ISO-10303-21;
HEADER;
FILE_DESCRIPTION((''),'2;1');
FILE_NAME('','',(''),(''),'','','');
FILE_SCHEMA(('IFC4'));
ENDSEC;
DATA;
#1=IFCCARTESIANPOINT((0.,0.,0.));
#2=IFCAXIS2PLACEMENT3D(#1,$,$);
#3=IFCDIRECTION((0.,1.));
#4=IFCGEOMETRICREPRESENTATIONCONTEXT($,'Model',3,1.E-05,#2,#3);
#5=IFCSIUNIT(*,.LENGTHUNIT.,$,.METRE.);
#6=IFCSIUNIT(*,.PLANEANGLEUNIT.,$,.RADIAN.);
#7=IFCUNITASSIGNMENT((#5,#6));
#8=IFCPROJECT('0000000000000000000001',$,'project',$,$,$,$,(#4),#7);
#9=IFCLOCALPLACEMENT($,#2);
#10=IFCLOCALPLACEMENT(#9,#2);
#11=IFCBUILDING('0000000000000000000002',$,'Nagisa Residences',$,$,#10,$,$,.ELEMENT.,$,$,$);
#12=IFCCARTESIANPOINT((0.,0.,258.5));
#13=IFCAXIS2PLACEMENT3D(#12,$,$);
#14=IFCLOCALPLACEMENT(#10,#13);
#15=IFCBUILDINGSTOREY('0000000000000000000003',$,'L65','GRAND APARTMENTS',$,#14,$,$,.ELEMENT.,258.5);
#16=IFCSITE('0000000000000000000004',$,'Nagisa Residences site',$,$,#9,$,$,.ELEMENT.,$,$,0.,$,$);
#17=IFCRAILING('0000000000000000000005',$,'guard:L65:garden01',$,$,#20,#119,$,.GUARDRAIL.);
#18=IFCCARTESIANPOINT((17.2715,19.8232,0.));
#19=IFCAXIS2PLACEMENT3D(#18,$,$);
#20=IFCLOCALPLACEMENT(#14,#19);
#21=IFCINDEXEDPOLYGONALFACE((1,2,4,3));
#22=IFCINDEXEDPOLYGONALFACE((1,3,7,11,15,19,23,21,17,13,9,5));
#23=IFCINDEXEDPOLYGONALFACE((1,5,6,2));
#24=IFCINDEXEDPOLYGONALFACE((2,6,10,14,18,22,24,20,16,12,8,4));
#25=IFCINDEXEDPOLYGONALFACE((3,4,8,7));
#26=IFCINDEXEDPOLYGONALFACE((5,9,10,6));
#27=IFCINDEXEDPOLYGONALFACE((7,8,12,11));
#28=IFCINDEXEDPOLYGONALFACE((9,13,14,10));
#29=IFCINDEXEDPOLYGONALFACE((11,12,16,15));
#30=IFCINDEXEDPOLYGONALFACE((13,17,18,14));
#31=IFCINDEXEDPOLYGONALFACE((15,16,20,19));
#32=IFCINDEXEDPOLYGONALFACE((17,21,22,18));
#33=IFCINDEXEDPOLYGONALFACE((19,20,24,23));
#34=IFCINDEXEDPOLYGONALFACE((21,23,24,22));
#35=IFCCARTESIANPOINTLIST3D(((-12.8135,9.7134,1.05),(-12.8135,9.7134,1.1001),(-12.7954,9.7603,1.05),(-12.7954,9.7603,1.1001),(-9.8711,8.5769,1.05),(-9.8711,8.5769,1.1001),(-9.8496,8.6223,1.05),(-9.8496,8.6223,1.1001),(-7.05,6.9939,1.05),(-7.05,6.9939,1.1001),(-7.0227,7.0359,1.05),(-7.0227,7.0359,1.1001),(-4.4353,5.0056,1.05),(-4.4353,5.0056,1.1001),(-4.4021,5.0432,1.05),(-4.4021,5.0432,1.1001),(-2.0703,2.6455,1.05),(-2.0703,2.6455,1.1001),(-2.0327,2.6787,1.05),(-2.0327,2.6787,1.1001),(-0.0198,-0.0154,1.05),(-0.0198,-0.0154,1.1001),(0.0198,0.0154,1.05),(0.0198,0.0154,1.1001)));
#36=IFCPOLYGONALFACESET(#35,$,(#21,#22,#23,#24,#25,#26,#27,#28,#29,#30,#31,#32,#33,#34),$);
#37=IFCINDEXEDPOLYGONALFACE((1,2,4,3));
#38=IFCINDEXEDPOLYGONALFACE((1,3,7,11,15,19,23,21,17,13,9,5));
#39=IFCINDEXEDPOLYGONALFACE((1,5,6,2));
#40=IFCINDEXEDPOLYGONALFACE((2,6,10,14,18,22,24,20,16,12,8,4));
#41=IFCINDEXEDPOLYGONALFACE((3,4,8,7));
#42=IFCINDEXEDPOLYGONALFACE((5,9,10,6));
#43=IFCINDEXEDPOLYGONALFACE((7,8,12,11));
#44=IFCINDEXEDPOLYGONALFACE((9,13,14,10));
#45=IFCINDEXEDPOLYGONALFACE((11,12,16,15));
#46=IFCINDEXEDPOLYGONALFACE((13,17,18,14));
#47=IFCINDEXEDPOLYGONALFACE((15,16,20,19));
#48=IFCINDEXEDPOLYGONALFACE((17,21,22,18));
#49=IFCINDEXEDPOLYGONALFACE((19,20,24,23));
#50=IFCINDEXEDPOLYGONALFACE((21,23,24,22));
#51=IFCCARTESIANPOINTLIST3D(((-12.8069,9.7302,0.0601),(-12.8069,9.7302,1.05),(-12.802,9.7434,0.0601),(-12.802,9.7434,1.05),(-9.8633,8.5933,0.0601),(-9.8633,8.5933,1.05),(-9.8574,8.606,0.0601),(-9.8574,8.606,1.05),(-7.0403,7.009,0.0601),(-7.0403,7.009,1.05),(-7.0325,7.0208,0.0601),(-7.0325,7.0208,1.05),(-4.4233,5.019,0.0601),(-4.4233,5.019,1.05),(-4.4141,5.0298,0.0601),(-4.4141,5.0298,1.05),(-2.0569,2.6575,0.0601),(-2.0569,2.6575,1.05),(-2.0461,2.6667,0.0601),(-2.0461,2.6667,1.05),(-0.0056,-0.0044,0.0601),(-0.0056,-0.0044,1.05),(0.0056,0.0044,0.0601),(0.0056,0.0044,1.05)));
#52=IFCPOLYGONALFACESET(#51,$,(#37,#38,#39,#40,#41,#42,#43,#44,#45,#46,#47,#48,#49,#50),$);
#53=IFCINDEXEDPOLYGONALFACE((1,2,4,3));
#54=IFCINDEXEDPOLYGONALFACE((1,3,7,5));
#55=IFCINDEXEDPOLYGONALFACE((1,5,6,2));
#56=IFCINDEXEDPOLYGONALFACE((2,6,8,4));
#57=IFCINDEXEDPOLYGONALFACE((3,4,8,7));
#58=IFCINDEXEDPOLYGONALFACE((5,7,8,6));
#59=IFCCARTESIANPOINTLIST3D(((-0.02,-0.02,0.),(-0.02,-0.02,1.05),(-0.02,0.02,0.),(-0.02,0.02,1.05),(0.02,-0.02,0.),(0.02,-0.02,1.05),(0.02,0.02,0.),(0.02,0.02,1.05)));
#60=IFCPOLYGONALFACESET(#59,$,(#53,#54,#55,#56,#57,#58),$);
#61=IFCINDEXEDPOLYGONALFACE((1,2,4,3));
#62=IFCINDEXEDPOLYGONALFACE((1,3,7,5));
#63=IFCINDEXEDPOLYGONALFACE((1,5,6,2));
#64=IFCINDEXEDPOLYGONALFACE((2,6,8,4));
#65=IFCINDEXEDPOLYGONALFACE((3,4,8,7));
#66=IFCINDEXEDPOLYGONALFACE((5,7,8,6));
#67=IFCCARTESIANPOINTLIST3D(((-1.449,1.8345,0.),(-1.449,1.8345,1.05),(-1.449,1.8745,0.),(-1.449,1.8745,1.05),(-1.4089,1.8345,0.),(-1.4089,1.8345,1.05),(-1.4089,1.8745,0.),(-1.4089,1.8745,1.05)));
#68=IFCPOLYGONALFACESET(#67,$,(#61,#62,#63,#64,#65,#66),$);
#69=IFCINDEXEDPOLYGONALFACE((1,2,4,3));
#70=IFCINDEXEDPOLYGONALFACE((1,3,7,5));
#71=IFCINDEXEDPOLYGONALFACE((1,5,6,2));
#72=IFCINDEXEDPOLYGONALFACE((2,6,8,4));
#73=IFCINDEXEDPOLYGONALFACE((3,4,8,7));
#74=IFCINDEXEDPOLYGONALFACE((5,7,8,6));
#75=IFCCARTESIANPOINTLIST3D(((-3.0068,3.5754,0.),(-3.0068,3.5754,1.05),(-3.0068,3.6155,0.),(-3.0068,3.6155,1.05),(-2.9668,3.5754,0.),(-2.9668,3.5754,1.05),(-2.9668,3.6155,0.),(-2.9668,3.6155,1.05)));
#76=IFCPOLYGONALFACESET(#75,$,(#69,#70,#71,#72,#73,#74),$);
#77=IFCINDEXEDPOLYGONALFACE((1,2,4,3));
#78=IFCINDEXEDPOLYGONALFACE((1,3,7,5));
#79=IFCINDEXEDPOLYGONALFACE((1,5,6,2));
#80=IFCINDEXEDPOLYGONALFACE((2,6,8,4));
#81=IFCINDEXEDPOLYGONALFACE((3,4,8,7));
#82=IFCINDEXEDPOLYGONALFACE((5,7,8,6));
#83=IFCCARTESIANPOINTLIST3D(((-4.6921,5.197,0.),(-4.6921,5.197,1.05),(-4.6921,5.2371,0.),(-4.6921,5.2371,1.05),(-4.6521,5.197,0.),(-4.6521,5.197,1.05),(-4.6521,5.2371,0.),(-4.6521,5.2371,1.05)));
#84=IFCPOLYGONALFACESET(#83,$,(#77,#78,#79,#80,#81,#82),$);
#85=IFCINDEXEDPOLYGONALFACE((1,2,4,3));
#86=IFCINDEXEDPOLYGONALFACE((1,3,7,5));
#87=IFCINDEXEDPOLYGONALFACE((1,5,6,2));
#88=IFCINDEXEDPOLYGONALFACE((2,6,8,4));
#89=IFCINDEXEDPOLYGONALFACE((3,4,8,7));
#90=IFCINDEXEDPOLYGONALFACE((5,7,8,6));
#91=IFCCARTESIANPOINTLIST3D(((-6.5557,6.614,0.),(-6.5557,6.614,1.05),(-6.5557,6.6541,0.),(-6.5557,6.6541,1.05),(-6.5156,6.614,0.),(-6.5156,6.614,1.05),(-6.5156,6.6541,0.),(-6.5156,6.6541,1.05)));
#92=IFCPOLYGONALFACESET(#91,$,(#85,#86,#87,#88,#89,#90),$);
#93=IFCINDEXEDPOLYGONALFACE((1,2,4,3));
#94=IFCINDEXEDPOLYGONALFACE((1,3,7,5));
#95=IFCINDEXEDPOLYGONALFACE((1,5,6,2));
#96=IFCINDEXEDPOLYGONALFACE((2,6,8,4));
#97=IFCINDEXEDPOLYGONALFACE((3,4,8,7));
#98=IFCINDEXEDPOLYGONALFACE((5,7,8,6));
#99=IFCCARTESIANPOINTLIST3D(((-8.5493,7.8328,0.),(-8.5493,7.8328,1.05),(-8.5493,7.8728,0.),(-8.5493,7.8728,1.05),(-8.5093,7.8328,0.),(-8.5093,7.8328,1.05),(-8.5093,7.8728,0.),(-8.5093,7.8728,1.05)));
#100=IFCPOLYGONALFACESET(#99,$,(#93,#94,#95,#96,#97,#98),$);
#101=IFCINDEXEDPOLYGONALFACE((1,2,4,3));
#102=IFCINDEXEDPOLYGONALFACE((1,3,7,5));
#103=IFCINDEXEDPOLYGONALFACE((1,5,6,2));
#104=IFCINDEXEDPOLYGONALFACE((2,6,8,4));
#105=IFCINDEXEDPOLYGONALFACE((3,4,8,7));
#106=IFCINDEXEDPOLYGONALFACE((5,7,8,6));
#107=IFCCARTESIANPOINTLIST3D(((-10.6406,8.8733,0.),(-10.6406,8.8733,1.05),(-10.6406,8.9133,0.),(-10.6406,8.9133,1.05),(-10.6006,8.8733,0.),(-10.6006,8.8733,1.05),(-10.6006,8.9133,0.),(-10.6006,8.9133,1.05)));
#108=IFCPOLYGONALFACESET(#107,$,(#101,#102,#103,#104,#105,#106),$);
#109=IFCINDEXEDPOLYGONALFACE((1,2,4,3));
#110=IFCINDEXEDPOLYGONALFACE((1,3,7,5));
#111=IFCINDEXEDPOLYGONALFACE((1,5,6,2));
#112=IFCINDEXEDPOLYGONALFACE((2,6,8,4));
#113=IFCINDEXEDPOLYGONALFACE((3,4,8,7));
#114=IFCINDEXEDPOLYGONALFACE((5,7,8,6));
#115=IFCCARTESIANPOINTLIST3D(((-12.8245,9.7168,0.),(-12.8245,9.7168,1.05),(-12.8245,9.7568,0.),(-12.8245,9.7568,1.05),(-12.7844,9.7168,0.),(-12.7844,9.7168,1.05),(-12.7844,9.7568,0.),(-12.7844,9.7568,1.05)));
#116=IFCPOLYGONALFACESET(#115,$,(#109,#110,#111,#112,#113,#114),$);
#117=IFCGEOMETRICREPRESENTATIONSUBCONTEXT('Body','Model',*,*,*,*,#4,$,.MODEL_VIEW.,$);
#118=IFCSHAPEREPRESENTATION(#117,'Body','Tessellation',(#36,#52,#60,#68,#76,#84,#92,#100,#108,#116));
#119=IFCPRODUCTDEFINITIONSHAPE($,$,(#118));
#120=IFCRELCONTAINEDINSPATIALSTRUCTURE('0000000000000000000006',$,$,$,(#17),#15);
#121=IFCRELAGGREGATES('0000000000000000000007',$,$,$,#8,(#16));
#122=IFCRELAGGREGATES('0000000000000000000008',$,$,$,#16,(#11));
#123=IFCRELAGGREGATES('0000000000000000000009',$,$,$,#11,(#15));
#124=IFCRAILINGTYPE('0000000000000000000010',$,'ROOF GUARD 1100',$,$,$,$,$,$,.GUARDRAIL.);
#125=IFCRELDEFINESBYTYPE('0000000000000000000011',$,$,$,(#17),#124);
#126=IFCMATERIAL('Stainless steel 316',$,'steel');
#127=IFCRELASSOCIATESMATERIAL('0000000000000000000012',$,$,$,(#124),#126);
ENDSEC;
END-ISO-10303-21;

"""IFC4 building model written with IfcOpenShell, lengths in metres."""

from ifc_helpers import new_model, si_unit, direction, frame, origin, origin_2d, place, context, subcontext, project, spatial, polyline, rectangle, outline, extrude, material, type_object, element, save


model = new_model("IFC4")

# Units and contexts
model_context = context("Model", 3, precision=1e-05, world=origin(), true_north=direction((0.0, 1.0)))
body_context = subcontext(model_context, "Body", "Model", "MODEL_VIEW")
ifc_project = project(units=[si_unit("LENGTHUNIT", "METRE"), si_unit("PLANEANGLEUNIT", "RADIAN")], contexts=[model_context])

# Site, building, storey
site_placement = place(None, origin())
site = spatial("IfcSite", under=ifc_project, at=site_placement, Name="Nagisa Residences site", CompositionType="ELEMENT", RefElevation=0.0)
building_placement = place(site_placement, origin())
building = spatial("IfcBuilding", under=site, at=building_placement, Name="Nagisa Residences", CompositionType="ELEMENT")
storey_placement = place(building_placement, frame((0.0, 0.0, 258.5)))
storey = spatial("IfcBuildingStorey", under=building, at=storey_placement, Name="L65", Description="GRAND APARTMENTS", CompositionType="ELEMENT", Elevation=258.5)

# Railing
ifc_material_1 = material(Name="Stainless steel 316", Category="steel")
railing_type = type_object("IfcRailingType", Name="ROOF GUARD 1100", PredefinedType="GUARDRAIL", material=ifc_material_1)
railing_1_placement = place(storey_placement, frame((17.2715, 19.8232, 0.0)))
element("IfcRailing", 1, at=railing_1_placement, inside=storey, type_object=railing_type, Name="guard:L65:garden01", PredefinedType="GUARDRAIL", context=body_context, shape_type="SweptSolid", body=[
    extrude(outline(polyline([(-2.0703, 2.6455), (-0.0198, -0.0154), (0.0198, 0.0154), (-2.0327, 2.6787), (-4.4021, 5.0432), (-7.0227, 7.0359), (-9.8496, 8.6223), (-12.7954, 9.7603), (-12.8135, 9.7134), (-9.8711, 8.5769), (-7.05, 6.9939), (-4.4353, 5.0056), (-2.0703, 2.6455)])), frame((0.0, 0.0, 1.05)), (0.0, 0.0, 1.0), 0.05),
    extrude(outline(polyline([(-2.0569, 2.6575), (-0.0056, -0.0044), (0.0056, 0.0044), (-2.0461, 2.6667), (-4.4141, 5.0298), (-7.0325, 7.0208), (-9.8574, 8.606), (-12.802, 9.7434), (-12.8069, 9.7302), (-9.8633, 8.5933), (-7.0403, 7.009), (-4.4233, 5.019), (-2.0569, 2.6575)])), frame((0.0, 0.0, 0.0601)), (0.0, 0.0, 1.0), 0.99),
    extrude(rectangle(XDim=0.04, YDim=0.04, at=origin_2d()), origin(), (0.0, 0.0, 1.0), 1.05),
    extrude(rectangle(XDim=0.04, YDim=0.04, at=origin_2d()), frame((-1.429, 1.8545, 0.0)), (0.0, 0.0, 1.0), 1.05),
    extrude(rectangle(XDim=0.04, YDim=0.04, at=origin_2d()), frame((-2.9868, 3.5955, 0.0)), (0.0, 0.0, 1.0), 1.05),
    extrude(rectangle(XDim=0.04, YDim=0.04, at=origin_2d()), frame((-4.6721, 5.217, 0.0)), (0.0, 0.0, 1.0), 1.05),
    extrude(rectangle(XDim=0.04, YDim=0.04, at=origin_2d()), frame((-6.5356, 6.634, 0.0)), (0.0, 0.0, 1.0), 1.05),
    extrude(rectangle(XDim=0.04, YDim=0.04, at=origin_2d()), frame((-8.5293, 7.8528, 0.0)), (0.0, 0.0, 1.0), 1.05),
    extrude(rectangle(XDim=0.04, YDim=0.04, at=origin_2d()), frame((-10.6206, 8.8933, 0.0)), (0.0, 0.0, 1.0), 1.05),
    extrude(rectangle(XDim=0.04, YDim=0.04, at=origin_2d()), frame((-12.8044, 9.7368, 0.0)), (0.0, 0.0, 1.0), 1.05),
])

save(model, "model.ifc")
